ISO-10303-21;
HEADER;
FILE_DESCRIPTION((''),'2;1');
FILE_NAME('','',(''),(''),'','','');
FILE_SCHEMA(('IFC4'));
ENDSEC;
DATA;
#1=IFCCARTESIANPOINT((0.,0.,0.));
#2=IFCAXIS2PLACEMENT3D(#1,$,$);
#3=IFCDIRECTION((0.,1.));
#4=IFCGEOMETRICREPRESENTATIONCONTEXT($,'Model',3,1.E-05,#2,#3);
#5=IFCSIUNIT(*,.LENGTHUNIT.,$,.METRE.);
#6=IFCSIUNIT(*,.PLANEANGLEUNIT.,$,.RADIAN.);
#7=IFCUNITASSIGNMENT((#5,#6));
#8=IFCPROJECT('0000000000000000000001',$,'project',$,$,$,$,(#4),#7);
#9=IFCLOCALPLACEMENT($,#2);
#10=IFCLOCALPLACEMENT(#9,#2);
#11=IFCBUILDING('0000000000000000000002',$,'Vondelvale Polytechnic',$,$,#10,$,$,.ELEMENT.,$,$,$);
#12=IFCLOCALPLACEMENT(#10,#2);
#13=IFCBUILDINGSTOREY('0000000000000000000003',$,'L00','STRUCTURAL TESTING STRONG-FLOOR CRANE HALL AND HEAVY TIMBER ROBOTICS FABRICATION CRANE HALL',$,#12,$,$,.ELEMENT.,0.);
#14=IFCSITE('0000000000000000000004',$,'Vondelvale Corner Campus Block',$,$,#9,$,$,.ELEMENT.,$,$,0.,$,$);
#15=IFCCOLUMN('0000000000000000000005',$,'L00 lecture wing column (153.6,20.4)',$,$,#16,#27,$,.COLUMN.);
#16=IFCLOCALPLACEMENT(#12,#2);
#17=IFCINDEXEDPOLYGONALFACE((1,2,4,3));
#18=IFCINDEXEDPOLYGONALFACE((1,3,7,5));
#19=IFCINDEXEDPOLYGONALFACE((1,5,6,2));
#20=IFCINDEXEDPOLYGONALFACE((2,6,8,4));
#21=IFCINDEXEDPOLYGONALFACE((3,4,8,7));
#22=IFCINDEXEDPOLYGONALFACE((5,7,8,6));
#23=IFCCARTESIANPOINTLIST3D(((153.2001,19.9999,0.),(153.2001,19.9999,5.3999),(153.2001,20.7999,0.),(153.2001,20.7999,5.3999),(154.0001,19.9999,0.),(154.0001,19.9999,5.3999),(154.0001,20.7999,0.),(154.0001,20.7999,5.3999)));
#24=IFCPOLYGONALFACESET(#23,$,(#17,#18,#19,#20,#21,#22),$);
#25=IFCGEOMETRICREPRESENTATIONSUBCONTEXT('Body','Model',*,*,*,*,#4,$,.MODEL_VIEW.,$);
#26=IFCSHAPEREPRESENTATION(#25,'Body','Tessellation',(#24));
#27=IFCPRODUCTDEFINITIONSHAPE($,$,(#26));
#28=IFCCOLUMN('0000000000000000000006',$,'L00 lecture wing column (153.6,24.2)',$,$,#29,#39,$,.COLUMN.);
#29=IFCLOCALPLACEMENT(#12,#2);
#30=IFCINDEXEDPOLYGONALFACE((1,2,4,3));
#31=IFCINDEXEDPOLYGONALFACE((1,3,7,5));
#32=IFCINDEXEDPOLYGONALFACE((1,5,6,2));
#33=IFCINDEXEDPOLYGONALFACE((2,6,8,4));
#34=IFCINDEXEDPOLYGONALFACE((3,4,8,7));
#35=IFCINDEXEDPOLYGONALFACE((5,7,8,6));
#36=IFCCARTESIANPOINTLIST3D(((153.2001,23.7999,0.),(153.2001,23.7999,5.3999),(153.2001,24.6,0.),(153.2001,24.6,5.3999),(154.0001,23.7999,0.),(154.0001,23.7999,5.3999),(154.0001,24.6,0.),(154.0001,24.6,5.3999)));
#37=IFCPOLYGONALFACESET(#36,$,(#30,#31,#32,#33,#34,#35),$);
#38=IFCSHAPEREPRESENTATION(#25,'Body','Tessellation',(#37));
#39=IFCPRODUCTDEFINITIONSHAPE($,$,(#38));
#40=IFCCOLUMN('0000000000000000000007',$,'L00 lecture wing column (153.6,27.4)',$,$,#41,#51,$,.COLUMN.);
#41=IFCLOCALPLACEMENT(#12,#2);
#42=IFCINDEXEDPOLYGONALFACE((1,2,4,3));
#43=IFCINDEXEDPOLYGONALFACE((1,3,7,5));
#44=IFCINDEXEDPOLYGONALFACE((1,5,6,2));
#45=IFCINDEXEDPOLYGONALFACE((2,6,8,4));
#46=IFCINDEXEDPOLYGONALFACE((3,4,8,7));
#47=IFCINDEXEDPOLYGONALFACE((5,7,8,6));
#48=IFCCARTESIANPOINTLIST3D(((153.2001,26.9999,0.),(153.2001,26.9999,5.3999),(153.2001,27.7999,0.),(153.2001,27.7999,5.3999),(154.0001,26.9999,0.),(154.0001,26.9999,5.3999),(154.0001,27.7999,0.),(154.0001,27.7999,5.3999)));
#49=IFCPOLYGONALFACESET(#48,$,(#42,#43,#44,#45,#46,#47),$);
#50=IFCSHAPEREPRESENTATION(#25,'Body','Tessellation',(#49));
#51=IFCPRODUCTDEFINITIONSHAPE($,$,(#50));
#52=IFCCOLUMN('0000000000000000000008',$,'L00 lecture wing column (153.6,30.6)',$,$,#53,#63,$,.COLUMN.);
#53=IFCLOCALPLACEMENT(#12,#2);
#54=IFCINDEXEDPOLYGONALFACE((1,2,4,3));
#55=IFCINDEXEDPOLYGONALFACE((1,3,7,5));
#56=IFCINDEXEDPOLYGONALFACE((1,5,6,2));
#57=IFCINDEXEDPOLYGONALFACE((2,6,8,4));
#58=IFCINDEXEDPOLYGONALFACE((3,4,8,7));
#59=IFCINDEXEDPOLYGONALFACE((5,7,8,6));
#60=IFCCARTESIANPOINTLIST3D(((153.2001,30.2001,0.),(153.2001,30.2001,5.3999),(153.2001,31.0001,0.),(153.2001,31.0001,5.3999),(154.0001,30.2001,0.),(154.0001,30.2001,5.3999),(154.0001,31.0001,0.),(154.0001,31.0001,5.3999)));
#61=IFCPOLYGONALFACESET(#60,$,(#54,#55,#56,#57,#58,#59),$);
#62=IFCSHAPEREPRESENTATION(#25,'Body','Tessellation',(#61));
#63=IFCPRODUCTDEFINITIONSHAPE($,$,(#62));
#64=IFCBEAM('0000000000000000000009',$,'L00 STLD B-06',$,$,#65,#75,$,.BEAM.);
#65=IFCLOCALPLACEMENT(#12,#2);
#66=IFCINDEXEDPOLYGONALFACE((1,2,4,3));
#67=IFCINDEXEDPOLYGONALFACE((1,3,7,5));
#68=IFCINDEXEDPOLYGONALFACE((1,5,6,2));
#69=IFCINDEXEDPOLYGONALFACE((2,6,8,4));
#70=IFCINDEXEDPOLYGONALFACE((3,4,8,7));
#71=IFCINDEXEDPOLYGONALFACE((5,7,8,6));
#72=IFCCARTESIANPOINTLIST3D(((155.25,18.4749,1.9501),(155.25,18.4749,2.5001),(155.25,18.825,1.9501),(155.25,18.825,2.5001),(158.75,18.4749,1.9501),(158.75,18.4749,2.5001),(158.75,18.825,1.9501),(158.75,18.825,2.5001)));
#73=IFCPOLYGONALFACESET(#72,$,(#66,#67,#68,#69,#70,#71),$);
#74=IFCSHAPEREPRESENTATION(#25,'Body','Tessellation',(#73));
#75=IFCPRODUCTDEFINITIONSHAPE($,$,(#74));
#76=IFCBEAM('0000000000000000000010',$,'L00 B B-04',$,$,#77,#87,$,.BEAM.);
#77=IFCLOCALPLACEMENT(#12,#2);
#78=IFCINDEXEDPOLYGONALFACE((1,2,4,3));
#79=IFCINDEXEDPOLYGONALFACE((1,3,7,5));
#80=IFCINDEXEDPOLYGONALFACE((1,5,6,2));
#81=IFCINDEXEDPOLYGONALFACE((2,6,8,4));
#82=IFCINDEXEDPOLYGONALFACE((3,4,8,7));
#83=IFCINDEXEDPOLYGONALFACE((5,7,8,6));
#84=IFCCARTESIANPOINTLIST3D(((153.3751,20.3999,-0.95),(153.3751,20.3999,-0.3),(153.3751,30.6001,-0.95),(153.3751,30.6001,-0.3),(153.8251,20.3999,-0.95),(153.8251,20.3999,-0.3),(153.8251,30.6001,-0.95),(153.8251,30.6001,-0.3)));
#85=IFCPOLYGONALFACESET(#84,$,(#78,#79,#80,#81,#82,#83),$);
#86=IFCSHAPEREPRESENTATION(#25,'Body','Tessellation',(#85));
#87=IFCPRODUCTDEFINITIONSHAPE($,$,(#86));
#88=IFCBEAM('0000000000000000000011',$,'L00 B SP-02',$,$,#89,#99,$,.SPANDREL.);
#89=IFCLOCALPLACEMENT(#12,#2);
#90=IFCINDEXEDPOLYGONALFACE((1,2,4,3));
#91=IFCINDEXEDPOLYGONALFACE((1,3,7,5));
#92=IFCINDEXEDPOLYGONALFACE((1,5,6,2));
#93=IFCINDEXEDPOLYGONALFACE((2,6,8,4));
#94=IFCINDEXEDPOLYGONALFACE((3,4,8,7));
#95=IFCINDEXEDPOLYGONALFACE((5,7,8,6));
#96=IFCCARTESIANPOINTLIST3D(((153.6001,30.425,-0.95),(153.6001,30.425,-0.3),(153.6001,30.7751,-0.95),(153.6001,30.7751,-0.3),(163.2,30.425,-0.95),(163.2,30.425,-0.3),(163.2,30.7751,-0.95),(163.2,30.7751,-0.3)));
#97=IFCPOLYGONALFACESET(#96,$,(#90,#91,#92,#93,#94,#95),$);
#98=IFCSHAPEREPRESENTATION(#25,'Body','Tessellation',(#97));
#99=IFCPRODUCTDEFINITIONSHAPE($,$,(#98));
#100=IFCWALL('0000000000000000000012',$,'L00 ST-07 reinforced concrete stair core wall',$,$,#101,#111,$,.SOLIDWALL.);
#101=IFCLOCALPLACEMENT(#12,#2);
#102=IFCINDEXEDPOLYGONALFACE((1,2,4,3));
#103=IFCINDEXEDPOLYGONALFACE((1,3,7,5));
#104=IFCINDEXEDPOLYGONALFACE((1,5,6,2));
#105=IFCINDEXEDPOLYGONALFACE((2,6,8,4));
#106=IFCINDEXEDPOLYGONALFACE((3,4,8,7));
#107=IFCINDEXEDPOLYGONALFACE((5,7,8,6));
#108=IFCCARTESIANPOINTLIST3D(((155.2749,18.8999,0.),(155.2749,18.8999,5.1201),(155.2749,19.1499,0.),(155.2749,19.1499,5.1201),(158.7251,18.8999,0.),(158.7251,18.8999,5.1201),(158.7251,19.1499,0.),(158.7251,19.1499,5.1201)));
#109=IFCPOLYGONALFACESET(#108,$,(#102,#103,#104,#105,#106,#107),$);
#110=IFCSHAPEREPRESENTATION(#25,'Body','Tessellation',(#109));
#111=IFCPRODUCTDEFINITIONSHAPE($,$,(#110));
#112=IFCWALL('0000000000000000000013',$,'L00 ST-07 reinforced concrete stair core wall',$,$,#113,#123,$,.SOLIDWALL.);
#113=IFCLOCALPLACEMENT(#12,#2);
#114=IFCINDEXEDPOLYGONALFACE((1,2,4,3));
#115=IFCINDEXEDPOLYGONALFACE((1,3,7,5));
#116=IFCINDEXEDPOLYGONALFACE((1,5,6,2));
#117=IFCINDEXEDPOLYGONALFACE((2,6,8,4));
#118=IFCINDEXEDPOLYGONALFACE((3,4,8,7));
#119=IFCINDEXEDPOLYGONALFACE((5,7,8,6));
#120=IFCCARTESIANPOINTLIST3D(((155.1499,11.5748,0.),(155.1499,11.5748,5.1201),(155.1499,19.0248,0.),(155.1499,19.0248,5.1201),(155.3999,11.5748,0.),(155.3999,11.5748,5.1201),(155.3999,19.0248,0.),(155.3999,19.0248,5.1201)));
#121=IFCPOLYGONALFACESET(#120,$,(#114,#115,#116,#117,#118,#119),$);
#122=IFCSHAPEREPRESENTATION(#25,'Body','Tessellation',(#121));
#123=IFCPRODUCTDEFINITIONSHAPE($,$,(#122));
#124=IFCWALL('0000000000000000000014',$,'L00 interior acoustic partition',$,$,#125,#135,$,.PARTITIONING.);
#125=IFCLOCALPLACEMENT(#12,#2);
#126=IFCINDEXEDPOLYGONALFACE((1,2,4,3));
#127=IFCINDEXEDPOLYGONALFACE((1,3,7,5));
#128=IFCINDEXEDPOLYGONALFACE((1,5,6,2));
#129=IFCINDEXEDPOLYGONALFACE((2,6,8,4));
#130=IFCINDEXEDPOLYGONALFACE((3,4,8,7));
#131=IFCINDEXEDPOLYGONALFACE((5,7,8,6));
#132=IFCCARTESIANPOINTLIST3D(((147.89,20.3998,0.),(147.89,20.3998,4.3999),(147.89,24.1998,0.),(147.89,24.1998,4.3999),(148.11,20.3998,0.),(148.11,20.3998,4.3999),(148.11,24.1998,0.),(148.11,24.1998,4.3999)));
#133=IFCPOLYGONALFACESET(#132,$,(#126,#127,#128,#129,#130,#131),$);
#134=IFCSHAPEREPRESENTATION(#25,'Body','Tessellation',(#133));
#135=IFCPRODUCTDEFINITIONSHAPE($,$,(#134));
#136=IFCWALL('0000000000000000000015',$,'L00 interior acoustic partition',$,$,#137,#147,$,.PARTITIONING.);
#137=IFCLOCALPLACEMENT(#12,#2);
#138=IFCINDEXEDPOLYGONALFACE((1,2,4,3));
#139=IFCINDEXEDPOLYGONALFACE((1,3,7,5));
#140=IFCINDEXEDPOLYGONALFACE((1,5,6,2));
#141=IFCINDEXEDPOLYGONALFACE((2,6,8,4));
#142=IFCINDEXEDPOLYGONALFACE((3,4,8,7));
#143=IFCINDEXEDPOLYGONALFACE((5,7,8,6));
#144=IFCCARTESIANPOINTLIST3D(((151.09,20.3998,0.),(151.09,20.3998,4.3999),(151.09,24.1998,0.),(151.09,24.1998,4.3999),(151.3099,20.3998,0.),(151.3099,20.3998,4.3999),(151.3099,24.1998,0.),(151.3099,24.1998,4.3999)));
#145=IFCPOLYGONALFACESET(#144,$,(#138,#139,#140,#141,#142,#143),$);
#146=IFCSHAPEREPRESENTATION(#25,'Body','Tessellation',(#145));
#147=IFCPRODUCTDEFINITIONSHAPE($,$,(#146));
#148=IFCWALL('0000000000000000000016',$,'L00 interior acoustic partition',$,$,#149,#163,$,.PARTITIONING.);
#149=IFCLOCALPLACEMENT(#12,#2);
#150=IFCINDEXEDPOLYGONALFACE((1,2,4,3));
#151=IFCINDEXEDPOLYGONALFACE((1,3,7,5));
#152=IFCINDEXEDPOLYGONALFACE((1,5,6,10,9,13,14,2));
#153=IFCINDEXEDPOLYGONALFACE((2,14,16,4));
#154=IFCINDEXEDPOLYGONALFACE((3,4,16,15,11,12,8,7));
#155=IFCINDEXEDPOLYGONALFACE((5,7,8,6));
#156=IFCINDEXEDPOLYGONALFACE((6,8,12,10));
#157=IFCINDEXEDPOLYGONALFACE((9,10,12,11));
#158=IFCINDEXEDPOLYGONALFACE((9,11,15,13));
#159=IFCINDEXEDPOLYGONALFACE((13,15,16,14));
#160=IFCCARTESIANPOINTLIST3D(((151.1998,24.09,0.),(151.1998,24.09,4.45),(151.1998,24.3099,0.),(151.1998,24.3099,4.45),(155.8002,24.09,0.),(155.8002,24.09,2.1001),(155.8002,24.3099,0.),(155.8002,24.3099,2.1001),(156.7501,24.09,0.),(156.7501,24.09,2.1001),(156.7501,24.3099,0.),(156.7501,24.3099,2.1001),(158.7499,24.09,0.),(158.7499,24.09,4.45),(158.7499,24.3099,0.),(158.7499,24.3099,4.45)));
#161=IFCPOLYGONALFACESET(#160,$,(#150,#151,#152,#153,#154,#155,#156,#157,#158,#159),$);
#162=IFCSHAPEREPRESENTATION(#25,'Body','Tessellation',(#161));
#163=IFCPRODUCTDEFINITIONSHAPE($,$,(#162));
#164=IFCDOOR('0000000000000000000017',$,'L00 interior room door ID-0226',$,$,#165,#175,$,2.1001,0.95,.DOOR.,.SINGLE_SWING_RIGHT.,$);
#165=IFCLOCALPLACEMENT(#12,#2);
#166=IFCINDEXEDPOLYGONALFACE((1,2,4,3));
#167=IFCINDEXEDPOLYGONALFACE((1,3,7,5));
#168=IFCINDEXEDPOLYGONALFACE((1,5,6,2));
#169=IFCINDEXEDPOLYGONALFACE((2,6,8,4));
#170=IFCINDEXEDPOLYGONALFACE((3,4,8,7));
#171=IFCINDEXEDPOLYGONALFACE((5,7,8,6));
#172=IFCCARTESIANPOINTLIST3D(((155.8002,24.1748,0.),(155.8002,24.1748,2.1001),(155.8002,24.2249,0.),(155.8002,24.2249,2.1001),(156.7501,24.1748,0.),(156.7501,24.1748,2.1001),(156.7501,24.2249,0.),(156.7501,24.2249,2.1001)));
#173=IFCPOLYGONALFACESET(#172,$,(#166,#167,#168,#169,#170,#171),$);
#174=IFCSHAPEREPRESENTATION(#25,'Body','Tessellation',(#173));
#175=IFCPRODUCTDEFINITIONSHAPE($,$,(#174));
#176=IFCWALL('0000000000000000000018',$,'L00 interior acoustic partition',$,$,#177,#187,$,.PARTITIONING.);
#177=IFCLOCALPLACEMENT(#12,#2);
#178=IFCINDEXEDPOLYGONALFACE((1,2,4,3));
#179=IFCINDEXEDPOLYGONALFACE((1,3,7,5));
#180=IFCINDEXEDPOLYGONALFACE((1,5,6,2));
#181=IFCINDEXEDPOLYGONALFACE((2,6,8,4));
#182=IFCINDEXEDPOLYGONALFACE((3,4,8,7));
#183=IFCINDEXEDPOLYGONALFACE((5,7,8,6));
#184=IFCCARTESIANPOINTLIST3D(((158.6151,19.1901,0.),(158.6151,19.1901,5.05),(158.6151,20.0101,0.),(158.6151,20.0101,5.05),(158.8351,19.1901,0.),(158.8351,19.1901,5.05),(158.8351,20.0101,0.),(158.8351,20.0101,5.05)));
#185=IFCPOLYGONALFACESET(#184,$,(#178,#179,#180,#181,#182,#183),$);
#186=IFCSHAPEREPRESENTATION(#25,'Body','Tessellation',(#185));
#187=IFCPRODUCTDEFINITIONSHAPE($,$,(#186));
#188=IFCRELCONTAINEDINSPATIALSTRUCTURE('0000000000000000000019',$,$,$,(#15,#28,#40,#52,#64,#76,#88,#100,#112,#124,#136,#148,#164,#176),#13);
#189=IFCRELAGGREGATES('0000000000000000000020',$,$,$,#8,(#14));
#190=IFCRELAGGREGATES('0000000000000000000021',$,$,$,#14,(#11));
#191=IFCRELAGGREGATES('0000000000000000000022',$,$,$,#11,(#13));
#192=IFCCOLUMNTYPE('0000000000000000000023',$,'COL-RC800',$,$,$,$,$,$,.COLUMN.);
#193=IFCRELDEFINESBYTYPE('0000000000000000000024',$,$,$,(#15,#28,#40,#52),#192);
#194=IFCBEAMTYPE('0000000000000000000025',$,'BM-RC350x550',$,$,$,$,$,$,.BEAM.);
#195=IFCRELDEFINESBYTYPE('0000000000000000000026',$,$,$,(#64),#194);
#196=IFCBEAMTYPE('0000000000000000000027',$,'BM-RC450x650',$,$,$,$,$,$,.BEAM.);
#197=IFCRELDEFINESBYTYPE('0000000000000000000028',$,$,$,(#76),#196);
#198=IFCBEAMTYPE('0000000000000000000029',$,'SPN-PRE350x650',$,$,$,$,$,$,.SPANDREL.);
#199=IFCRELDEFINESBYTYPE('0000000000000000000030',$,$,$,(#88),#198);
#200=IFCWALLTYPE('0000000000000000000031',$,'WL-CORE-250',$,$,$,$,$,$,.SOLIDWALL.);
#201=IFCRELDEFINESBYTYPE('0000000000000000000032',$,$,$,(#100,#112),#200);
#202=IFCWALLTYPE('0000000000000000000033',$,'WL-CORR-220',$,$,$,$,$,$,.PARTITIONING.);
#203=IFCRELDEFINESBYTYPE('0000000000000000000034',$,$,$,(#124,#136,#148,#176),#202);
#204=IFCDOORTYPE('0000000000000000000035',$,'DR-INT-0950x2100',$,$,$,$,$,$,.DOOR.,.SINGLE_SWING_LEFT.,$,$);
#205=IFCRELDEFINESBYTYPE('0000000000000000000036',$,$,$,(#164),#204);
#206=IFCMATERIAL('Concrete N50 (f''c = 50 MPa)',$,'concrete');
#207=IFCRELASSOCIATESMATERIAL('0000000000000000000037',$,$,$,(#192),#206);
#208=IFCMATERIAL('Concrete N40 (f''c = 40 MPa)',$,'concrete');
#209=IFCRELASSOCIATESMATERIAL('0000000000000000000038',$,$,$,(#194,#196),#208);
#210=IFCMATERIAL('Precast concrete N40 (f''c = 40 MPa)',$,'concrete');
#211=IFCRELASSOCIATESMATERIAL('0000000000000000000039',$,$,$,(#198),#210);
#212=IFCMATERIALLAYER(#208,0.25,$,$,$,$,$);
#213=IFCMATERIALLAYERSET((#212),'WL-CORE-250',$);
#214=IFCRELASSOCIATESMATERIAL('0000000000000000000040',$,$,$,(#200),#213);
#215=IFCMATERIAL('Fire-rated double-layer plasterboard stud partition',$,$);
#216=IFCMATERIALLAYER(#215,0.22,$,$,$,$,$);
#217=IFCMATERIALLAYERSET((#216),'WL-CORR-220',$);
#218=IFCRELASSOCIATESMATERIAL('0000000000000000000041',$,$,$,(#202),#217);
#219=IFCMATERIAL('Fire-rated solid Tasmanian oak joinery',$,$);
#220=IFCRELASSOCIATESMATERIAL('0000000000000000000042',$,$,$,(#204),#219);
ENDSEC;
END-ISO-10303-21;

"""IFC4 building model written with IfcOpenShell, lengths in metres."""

from ifc_helpers import new_model, si_unit, direction, frame, frame_2d, origin, origin_2d, place, context, subcontext, project, spatial, rectangle, extrude, material, layer, layer_set, material_profile, profile_set, type_object, element, fill, save


model = new_model("IFC4")

# Units and contexts
model_context = context("Model", 3, precision=1e-05, world=origin(), true_north=direction((0.0, 1.0)))
body_context = subcontext(model_context, "Body", "Model", "MODEL_VIEW")
ifc_project = project(units=[si_unit("LENGTHUNIT", "METRE"), si_unit("PLANEANGLEUNIT", "RADIAN")], contexts=[model_context])

# Site, building, storey
site_placement = place(None, origin())
site = spatial("IfcSite", under=ifc_project, at=site_placement, Name="Vondelvale Corner Campus Block", CompositionType="ELEMENT", RefElevation=0.0)
building_placement = place(site_placement, origin())
building = spatial("IfcBuilding", under=site, at=building_placement, Name="Vondelvale Polytechnic", CompositionType="ELEMENT")
storey_placement = place(building_placement, origin())
storey = spatial("IfcBuildingStorey", under=building, at=storey_placement, Name="L00", Description="STRUCTURAL TESTING STRONG-FLOOR CRANE HALL AND HEAVY TIMBER ROBOTICS FABRICATION CRANE HALL", CompositionType="ELEMENT", Elevation=0.0)

# Columns
ifc_material_1 = material(Name="Concrete N50 (f'c = 50 MPa)", Category="concrete")
ifc_material_profile_1 = material_profile(ifc_material_1, rectangle(XDim=0.8, YDim=0.8, at=origin_2d()), Name="RC-COL-800x800")
ifc_profile_set_1 = profile_set([ifc_material_profile_1], Name="Concrete N50 (f'c = 50 MPa)")
column_type = type_object("IfcColumnType", Name="COL-RC800", PredefinedType="COLUMN", material=ifc_profile_set_1)
for number, where, z_axis, x_axis, name in (
    (1, (153.6001, 20.3999, 0.0), (0.0, 0.0, 1.0), (1.0, 0.0, 0.0), "L00 lecture wing column (153.6,20.4)"),
    (2, (153.6001, 24.2, 0.0), (0.0, 0.0, 1.0), (1.0, 0.0, 0.0), "L00 lecture wing column (153.6,24.2)"),
    (3, (153.6001, 27.3999, 0.0), (0.0, 0.0, 1.0), (1.0, 0.0, 0.0), "L00 lecture wing column (153.6,27.4)"),
    (4, (153.6001, 30.6001, 0.0), (0.0, 0.0, 1.0), (1.0, 0.0, 0.0), "L00 lecture wing column (153.6,30.6)"),
):
    element("IfcColumn", number, at=place(storey_placement, frame(where, z_axis=z_axis, x_axis=x_axis)), inside=storey, type_object=column_type, Name=name, PredefinedType="COLUMN", context=body_context, shape_type="SweptSolid", body=[
        extrude(rectangle(XDim=0.8, YDim=0.8, at=origin_2d()), origin(), (0.0, 0.0, 1.0), 5.3999),
    ])

# Beams
ifc_material_2 = material(Name="Concrete N40 (f'c = 40 MPa)", Category="concrete")
ifc_material_profile_2 = material_profile(ifc_material_2, rectangle(XDim=0.3501, YDim=0.55, at=origin_2d()), Name="RC-BM-350x550")
ifc_profile_set_2 = profile_set([ifc_material_profile_2], Name="Concrete N40 (f'c = 40 MPa)")
beam_type_1 = type_object("IfcBeamType", Name="BM-RC350x550", PredefinedType="BEAM", material=ifc_profile_set_2)
beam_1_placement = place(storey_placement, frame((158.75, 18.6499, 2.2251), z_axis=(-1.0, 0.0, 0.0), x_axis=(0.0, -1.0, 0.0)))
element("IfcBeam", 5, at=beam_1_placement, inside=storey, type_object=beam_type_1, Name="L00 STLD B-06", PredefinedType="BEAM", context=body_context, shape_type="SweptSolid", body=[
    extrude(rectangle(XDim=0.3501, YDim=0.55, at=origin_2d()), origin(), (0.0, 0.0, 1.0), 3.5),
])
ifc_material_profile_3 = material_profile(ifc_material_2, rectangle(XDim=0.45, YDim=0.6499, at=origin_2d()), Name="RC-BM-450x650")
ifc_profile_set_3 = profile_set([ifc_material_profile_3], Name="Concrete N40 (f'c = 40 MPa)")
beam_type_2 = type_object("IfcBeamType", Name="BM-RC450x650", PredefinedType="BEAM", material=ifc_profile_set_3)
beam_2_placement = place(storey_placement, frame((153.6001, 20.3999, -0.625), z_axis=(0.0, 1.0, 0.0), x_axis=(-1.0, 0.0, 0.0)))
element("IfcBeam", 6, at=beam_2_placement, inside=storey, type_object=beam_type_2, Name="L00 B B-04", PredefinedType="BEAM", context=body_context, shape_type="SweptSolid", body=[
    extrude(rectangle(XDim=0.45, YDim=0.6499, at=origin_2d()), origin(), (0.0, 0.0, 1.0), 10.2002),
])
ifc_material_3 = material(Name="Precast concrete N40 (f'c = 40 MPa)", Category="concrete")
ifc_material_profile_4 = material_profile(ifc_material_3, rectangle(XDim=0.3501, YDim=0.6499, at=origin_2d()), Name="RC-SPN-350x650")
ifc_profile_set_4 = profile_set([ifc_material_profile_4], Name="Precast concrete N40 (f'c = 40 MPa)")
beam_type_3 = type_object("IfcBeamType", Name="SPN-PRE350x650", PredefinedType="SPANDREL", material=ifc_profile_set_4)
beam_3_placement = place(storey_placement, frame((153.6001, 30.6001, -0.625), z_axis=(1.0, 0.0, 0.0), x_axis=(0.0, 1.0, 0.0)))
element("IfcBeam", 7, at=beam_3_placement, inside=storey, type_object=beam_type_3, Name="L00 B SP-02", PredefinedType="SPANDREL", context=body_context, shape_type="SweptSolid", body=[
    extrude(rectangle(XDim=0.3501, YDim=0.6499, at=origin_2d()), origin(), (0.0, 0.0, 1.0), 9.5999),
])

# Walls
ifc_layer_1 = layer(ifc_material_2, 0.25)
ifc_layer_set_1 = layer_set([ifc_layer_1], Name="WL-CORE-250")
wall_type_1 = type_object("IfcWallType", Name="WL-CORE-250", PredefinedType="SOLIDWALL", material=ifc_layer_set_1)
wall_1_placement = place(storey_placement, frame((158.7251, 19.0249, 0.0), z_axis=(0.0, 0.0, 1.0), x_axis=(-1.0, 0.0, 0.0)))
element("IfcWall", 8, at=wall_1_placement, inside=storey, type_object=wall_type_1, Name="L00 ST-07 reinforced concrete stair core wall", PredefinedType="SOLIDWALL", context=body_context, shape_type="SweptSolid", body=[
    extrude(rectangle(XDim=3.4502, YDim=0.25, at=frame_2d((1.7251, 0.0))), origin(), (0.0, 0.0, 1.0), 5.1201),
])
wall_2_placement = place(storey_placement, frame((155.2749, 19.0249, 0.0), z_axis=(0.0, 0.0, 1.0), x_axis=(0.0, -1.0, 0.0)))
element("IfcWall", 9, at=wall_2_placement, inside=storey, type_object=wall_type_1, Name="L00 ST-07 reinforced concrete stair core wall", PredefinedType="SOLIDWALL", context=body_context, shape_type="SweptSolid", body=[
    extrude(rectangle(XDim=7.45, YDim=0.25, at=frame_2d((3.7251, 0.0))), origin(), (0.0, 0.0, 1.0), 5.1201),
])
ifc_material_4 = material(Name="Fire-rated double-layer plasterboard stud partition")
ifc_layer_2 = layer(ifc_material_4, 0.22)
ifc_layer_set_2 = layer_set([ifc_layer_2], Name="WL-CORR-220")
wall_type_2 = type_object("IfcWallType", Name="WL-CORR-220", PredefinedType="PARTITIONING", material=ifc_layer_set_2)
for number, where, z_axis, x_axis, name in (
    (10, (148.0, 20.3999, 0.0), (0.0, 0.0, 1.0), (0.0, 1.0, 0.0), "L00 interior acoustic partition"),
    (11, (151.2, 20.3999, 0.0), (0.0, 0.0, 1.0), (0.0, 1.0, 0.0), "L00 interior acoustic partition"),
):
    element("IfcWall", number, at=place(storey_placement, frame(where, z_axis=z_axis, x_axis=x_axis)), inside=storey, type_object=wall_type_2, Name=name, PredefinedType="PARTITIONING", context=body_context, shape_type="SweptSolid", body=[
        extrude(rectangle(XDim=3.8, YDim=0.22, at=frame_2d((1.8999, 0.0))), origin(), (0.0, 0.0, 1.0), 4.3999),
    ])

# Wall, opening, door
wall_3_placement = place(storey_placement, frame((151.2, 24.2, 0.0), z_axis=(0.0, 0.0, 1.0), x_axis=(1.0, 0.0, 0.0)))
wall_3 = element("IfcWall", 12, at=wall_3_placement, inside=storey, type_object=wall_type_2, Name="L00 interior acoustic partition", PredefinedType="PARTITIONING", context=body_context, shape_type="SweptSolid", body=[
    extrude(rectangle(XDim=7.55, YDim=0.22, at=frame_2d((3.7749, 0.0))), origin(), (0.0, 0.0, 1.0), 4.45),
])
opening_1_placement = place(wall_3_placement, frame((4.6001, 0.0, 0.0)))
opening_1 = element("IfcOpeningElement", 13, at=opening_1_placement, cuts=wall_3, PredefinedType="OPENING", context=body_context, shape_type="SweptSolid", body=[
    extrude(rectangle(XDim=0.95, YDim=2.1001, at=frame_2d((0.4751, 1.05))), frame((0.0, 0.1199, 0.0), z_axis=(0.0, -1.0, 0.0), x_axis=(1.0, 0.0, 0.0)), (0.0, 0.0, 1.0), 0.24),
])
ifc_material_5 = material(Name="Fire-rated solid Tasmanian oak joinery")
door_type_1 = type_object("IfcDoorType", Name="DR-INT-0950x2100", OperationType="SINGLE_SWING_LEFT", PredefinedType="DOOR", material=ifc_material_5)
door_1_placement = place(opening_1_placement, origin())
door_1 = element("IfcDoor", 14, at=door_1_placement, inside=storey, type_object=door_type_1, Name="L00 interior room door ID-0226", OperationType="SINGLE_SWING_RIGHT", OverallHeight=2.1001, OverallWidth=0.95, PredefinedType="DOOR", context=body_context, shape_type="SweptSolid", body=[
    extrude(rectangle(XDim=0.95, YDim=2.1001, at=frame_2d((0.4751, 1.05))), frame((0.0, 0.0249, 0.0), z_axis=(0.0, -1.0, 0.0), x_axis=(1.0, 0.0, 0.0)), (0.0, 0.0, 1.0), 0.05),
])
fill(opening_1, door_1)

# Wall
wall_4_placement = place(storey_placement, frame((158.7251, 19.1899, 0.0), z_axis=(0.0, 0.0, 1.0), x_axis=(0.0, 1.0, 0.0)))
element("IfcWall", 15, at=wall_4_placement, inside=storey, type_object=wall_type_2, Name="L00 interior acoustic partition", PredefinedType="PARTITIONING", context=body_context, shape_type="SweptSolid", body=[
    extrude(rectangle(XDim=0.8201, YDim=0.22, at=frame_2d((0.4102, 0.0))), origin(), (0.0, 0.0, 1.0), 5.05),
])

save(model, "model.ifc")
